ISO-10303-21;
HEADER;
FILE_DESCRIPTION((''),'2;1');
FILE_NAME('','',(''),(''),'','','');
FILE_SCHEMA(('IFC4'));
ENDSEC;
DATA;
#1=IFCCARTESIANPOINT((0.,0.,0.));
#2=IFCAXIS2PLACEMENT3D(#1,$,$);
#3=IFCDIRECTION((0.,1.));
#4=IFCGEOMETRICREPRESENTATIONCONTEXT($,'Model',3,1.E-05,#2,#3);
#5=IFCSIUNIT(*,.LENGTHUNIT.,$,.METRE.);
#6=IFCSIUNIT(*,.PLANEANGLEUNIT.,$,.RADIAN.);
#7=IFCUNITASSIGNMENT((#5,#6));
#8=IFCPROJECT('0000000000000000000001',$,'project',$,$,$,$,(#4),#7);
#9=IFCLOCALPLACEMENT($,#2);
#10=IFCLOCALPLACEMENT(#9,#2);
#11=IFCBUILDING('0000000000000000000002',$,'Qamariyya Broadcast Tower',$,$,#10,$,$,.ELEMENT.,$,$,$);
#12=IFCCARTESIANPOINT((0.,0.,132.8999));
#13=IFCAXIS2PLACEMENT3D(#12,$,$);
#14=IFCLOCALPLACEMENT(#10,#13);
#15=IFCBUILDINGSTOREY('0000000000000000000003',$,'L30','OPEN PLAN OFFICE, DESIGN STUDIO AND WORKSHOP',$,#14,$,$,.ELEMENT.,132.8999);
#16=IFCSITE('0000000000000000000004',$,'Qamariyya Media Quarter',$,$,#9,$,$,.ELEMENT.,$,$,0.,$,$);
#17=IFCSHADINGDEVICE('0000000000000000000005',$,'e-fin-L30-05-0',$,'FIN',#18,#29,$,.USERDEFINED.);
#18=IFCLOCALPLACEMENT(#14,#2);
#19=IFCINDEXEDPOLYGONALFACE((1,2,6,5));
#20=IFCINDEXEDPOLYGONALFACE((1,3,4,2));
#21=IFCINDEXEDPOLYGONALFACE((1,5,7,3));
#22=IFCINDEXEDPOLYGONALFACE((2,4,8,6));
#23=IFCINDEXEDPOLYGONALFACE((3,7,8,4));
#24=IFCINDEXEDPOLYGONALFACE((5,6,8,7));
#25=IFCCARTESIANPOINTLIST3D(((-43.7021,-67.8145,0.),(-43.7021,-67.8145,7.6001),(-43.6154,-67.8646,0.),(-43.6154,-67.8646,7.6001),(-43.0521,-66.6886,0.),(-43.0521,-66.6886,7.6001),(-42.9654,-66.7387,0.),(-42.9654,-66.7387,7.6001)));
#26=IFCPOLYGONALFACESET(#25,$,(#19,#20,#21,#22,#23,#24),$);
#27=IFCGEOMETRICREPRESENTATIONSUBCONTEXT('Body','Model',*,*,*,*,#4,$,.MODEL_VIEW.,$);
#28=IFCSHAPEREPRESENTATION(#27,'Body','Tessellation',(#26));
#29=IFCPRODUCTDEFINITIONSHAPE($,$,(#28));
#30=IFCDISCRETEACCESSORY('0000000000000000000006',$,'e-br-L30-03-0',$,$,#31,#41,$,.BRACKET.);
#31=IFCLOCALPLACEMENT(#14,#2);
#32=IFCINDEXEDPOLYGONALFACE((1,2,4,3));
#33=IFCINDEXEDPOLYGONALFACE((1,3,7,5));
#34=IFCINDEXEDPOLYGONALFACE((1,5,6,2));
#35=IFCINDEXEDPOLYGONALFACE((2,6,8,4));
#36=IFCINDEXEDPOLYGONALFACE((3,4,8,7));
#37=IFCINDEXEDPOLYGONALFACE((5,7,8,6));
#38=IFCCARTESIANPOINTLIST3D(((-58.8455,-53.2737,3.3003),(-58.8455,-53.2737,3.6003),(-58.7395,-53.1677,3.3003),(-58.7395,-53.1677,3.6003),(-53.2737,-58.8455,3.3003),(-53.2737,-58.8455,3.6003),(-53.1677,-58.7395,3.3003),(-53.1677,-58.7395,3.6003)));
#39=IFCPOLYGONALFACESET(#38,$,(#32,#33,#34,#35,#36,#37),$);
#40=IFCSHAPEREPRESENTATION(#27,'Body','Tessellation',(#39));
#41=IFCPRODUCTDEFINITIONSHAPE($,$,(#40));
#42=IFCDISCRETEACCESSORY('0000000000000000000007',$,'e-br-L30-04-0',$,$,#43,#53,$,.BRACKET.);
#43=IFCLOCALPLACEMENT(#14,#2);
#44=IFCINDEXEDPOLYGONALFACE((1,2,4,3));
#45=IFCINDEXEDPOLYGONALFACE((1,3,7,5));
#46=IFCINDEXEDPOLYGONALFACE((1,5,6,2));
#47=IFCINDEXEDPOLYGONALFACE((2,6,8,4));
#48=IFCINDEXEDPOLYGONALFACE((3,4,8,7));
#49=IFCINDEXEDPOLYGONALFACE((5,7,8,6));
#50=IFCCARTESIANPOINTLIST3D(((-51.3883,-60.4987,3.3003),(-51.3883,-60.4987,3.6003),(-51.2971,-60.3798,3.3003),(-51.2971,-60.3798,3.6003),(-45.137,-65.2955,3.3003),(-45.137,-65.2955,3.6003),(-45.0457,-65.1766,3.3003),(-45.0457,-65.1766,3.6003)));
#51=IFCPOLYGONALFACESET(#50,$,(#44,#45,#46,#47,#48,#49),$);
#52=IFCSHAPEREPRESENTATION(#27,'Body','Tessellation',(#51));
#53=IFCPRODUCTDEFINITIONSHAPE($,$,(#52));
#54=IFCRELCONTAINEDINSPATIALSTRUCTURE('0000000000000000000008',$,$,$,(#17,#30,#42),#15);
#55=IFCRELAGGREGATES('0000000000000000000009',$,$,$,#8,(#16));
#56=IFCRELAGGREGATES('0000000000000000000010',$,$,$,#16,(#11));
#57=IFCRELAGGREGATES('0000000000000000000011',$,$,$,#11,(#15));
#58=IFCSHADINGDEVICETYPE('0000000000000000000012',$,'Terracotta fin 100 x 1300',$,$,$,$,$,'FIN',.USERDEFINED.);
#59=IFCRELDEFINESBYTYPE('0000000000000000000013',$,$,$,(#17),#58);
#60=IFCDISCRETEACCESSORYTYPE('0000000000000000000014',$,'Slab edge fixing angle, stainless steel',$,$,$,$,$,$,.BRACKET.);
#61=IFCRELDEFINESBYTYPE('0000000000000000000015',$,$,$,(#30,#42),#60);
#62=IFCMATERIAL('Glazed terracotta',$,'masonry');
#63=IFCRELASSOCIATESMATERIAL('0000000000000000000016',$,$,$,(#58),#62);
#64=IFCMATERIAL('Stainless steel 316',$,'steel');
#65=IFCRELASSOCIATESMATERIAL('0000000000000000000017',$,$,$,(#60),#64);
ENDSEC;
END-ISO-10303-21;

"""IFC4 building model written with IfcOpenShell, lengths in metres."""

from ifc_helpers import new_model, si_unit, direction, frame, origin, origin_2d, place, context, subcontext, project, spatial, rectangle, extrude, material, material_profile, profile_set, type_object, element, save


model = new_model("IFC4")

# Units and contexts
model_context = context("Model", 3, precision=1e-05, world=origin(), true_north=direction((0.0, 1.0)))
body_context = subcontext(model_context, "Body", "Model", "MODEL_VIEW")
ifc_project = project(units=[si_unit("LENGTHUNIT", "METRE"), si_unit("PLANEANGLEUNIT", "RADIAN")], contexts=[model_context])

# Site, building, storey
site_placement = place(None, origin())
site = spatial("IfcSite", under=ifc_project, at=site_placement, Name="Qamariyya Media Quarter", CompositionType="ELEMENT", RefElevation=0.0)
building_placement = place(site_placement, origin())
building = spatial("IfcBuilding", under=site, at=building_placement, Name="Qamariyya Broadcast Tower", CompositionType="ELEMENT")
storey_placement = place(building_placement, frame((0.0, 0.0, 132.8999)))
storey = spatial("IfcBuildingStorey", under=building, at=storey_placement, Name="L30", Description="OPEN PLAN OFFICE, DESIGN STUDIO AND WORKSHOP", CompositionType="ELEMENT", Elevation=132.8999)

# Shading device
ifc_material_1 = material(Name="Glazed terracotta", Category="masonry")
ifc_material_profile_1 = material_profile(ifc_material_1, rectangle(XDim=1.3, YDim=0.1001, at=origin_2d()))
ifc_profile_set_1 = profile_set([ifc_material_profile_1], Name="Glazed terracotta")
shading_device_type_1 = type_object("IfcShadingDeviceType", Name="Terracotta fin 100 x 1300", ElementType="FIN", PredefinedType="USERDEFINED", material=ifc_profile_set_1)
for number, where, z_axis, x_axis, name in (
    (1, (-43.3337, -67.2766, 0.0), (0.0, 0.0, 1.0), (-0.5, -0.866025, 0.0), "e-fin-L30-05-0"),
):
    element("IfcShadingDevice", number, at=place(storey_placement, frame(where, z_axis=z_axis, x_axis=x_axis)), inside=storey, type_object=shading_device_type_1, Name=name, ObjectType="FIN", PredefinedType="USERDEFINED", context=body_context, shape_type="SweptSolid", body=[
        extrude(rectangle(XDim=1.3, YDim=0.1001, at=origin_2d()), origin(), (0.0, 0.0, 1.0), 7.6001),
    ])

# Discrete accessories
ifc_material_2 = material(Name="Stainless steel 316", Category="steel")
discrete_accessory_type = type_object("IfcDiscreteAccessoryType", Name="Slab edge fixing angle, stainless steel", PredefinedType="BRACKET", material=ifc_material_2)
for number, where, z_axis, x_axis, name in (
    (2, (-56.0066, -56.0066, 3.3003), (0.0, 0.0, 1.0), (0.707107, -0.707107, 0.0), "e-br-L30-03-0"),
    (3, (-48.217, -62.8376, 3.3003), (0.0, 0.0, 1.0), (0.793353, -0.608761, 0.0), "e-br-L30-04-0"),
):
    element("IfcDiscreteAccessory", number, at=place(storey_placement, frame(where, z_axis=z_axis, x_axis=x_axis)), inside=storey, type_object=discrete_accessory_type, Name=name, PredefinedType="BRACKET", context=body_context, shape_type="SweptSolid", body=[
        extrude(rectangle(XDim=7.8796, YDim=0.1499, at=origin_2d()), origin(), (0.0, 0.0, 1.0), 0.3),
    ])

save(model, "model.ifc")
